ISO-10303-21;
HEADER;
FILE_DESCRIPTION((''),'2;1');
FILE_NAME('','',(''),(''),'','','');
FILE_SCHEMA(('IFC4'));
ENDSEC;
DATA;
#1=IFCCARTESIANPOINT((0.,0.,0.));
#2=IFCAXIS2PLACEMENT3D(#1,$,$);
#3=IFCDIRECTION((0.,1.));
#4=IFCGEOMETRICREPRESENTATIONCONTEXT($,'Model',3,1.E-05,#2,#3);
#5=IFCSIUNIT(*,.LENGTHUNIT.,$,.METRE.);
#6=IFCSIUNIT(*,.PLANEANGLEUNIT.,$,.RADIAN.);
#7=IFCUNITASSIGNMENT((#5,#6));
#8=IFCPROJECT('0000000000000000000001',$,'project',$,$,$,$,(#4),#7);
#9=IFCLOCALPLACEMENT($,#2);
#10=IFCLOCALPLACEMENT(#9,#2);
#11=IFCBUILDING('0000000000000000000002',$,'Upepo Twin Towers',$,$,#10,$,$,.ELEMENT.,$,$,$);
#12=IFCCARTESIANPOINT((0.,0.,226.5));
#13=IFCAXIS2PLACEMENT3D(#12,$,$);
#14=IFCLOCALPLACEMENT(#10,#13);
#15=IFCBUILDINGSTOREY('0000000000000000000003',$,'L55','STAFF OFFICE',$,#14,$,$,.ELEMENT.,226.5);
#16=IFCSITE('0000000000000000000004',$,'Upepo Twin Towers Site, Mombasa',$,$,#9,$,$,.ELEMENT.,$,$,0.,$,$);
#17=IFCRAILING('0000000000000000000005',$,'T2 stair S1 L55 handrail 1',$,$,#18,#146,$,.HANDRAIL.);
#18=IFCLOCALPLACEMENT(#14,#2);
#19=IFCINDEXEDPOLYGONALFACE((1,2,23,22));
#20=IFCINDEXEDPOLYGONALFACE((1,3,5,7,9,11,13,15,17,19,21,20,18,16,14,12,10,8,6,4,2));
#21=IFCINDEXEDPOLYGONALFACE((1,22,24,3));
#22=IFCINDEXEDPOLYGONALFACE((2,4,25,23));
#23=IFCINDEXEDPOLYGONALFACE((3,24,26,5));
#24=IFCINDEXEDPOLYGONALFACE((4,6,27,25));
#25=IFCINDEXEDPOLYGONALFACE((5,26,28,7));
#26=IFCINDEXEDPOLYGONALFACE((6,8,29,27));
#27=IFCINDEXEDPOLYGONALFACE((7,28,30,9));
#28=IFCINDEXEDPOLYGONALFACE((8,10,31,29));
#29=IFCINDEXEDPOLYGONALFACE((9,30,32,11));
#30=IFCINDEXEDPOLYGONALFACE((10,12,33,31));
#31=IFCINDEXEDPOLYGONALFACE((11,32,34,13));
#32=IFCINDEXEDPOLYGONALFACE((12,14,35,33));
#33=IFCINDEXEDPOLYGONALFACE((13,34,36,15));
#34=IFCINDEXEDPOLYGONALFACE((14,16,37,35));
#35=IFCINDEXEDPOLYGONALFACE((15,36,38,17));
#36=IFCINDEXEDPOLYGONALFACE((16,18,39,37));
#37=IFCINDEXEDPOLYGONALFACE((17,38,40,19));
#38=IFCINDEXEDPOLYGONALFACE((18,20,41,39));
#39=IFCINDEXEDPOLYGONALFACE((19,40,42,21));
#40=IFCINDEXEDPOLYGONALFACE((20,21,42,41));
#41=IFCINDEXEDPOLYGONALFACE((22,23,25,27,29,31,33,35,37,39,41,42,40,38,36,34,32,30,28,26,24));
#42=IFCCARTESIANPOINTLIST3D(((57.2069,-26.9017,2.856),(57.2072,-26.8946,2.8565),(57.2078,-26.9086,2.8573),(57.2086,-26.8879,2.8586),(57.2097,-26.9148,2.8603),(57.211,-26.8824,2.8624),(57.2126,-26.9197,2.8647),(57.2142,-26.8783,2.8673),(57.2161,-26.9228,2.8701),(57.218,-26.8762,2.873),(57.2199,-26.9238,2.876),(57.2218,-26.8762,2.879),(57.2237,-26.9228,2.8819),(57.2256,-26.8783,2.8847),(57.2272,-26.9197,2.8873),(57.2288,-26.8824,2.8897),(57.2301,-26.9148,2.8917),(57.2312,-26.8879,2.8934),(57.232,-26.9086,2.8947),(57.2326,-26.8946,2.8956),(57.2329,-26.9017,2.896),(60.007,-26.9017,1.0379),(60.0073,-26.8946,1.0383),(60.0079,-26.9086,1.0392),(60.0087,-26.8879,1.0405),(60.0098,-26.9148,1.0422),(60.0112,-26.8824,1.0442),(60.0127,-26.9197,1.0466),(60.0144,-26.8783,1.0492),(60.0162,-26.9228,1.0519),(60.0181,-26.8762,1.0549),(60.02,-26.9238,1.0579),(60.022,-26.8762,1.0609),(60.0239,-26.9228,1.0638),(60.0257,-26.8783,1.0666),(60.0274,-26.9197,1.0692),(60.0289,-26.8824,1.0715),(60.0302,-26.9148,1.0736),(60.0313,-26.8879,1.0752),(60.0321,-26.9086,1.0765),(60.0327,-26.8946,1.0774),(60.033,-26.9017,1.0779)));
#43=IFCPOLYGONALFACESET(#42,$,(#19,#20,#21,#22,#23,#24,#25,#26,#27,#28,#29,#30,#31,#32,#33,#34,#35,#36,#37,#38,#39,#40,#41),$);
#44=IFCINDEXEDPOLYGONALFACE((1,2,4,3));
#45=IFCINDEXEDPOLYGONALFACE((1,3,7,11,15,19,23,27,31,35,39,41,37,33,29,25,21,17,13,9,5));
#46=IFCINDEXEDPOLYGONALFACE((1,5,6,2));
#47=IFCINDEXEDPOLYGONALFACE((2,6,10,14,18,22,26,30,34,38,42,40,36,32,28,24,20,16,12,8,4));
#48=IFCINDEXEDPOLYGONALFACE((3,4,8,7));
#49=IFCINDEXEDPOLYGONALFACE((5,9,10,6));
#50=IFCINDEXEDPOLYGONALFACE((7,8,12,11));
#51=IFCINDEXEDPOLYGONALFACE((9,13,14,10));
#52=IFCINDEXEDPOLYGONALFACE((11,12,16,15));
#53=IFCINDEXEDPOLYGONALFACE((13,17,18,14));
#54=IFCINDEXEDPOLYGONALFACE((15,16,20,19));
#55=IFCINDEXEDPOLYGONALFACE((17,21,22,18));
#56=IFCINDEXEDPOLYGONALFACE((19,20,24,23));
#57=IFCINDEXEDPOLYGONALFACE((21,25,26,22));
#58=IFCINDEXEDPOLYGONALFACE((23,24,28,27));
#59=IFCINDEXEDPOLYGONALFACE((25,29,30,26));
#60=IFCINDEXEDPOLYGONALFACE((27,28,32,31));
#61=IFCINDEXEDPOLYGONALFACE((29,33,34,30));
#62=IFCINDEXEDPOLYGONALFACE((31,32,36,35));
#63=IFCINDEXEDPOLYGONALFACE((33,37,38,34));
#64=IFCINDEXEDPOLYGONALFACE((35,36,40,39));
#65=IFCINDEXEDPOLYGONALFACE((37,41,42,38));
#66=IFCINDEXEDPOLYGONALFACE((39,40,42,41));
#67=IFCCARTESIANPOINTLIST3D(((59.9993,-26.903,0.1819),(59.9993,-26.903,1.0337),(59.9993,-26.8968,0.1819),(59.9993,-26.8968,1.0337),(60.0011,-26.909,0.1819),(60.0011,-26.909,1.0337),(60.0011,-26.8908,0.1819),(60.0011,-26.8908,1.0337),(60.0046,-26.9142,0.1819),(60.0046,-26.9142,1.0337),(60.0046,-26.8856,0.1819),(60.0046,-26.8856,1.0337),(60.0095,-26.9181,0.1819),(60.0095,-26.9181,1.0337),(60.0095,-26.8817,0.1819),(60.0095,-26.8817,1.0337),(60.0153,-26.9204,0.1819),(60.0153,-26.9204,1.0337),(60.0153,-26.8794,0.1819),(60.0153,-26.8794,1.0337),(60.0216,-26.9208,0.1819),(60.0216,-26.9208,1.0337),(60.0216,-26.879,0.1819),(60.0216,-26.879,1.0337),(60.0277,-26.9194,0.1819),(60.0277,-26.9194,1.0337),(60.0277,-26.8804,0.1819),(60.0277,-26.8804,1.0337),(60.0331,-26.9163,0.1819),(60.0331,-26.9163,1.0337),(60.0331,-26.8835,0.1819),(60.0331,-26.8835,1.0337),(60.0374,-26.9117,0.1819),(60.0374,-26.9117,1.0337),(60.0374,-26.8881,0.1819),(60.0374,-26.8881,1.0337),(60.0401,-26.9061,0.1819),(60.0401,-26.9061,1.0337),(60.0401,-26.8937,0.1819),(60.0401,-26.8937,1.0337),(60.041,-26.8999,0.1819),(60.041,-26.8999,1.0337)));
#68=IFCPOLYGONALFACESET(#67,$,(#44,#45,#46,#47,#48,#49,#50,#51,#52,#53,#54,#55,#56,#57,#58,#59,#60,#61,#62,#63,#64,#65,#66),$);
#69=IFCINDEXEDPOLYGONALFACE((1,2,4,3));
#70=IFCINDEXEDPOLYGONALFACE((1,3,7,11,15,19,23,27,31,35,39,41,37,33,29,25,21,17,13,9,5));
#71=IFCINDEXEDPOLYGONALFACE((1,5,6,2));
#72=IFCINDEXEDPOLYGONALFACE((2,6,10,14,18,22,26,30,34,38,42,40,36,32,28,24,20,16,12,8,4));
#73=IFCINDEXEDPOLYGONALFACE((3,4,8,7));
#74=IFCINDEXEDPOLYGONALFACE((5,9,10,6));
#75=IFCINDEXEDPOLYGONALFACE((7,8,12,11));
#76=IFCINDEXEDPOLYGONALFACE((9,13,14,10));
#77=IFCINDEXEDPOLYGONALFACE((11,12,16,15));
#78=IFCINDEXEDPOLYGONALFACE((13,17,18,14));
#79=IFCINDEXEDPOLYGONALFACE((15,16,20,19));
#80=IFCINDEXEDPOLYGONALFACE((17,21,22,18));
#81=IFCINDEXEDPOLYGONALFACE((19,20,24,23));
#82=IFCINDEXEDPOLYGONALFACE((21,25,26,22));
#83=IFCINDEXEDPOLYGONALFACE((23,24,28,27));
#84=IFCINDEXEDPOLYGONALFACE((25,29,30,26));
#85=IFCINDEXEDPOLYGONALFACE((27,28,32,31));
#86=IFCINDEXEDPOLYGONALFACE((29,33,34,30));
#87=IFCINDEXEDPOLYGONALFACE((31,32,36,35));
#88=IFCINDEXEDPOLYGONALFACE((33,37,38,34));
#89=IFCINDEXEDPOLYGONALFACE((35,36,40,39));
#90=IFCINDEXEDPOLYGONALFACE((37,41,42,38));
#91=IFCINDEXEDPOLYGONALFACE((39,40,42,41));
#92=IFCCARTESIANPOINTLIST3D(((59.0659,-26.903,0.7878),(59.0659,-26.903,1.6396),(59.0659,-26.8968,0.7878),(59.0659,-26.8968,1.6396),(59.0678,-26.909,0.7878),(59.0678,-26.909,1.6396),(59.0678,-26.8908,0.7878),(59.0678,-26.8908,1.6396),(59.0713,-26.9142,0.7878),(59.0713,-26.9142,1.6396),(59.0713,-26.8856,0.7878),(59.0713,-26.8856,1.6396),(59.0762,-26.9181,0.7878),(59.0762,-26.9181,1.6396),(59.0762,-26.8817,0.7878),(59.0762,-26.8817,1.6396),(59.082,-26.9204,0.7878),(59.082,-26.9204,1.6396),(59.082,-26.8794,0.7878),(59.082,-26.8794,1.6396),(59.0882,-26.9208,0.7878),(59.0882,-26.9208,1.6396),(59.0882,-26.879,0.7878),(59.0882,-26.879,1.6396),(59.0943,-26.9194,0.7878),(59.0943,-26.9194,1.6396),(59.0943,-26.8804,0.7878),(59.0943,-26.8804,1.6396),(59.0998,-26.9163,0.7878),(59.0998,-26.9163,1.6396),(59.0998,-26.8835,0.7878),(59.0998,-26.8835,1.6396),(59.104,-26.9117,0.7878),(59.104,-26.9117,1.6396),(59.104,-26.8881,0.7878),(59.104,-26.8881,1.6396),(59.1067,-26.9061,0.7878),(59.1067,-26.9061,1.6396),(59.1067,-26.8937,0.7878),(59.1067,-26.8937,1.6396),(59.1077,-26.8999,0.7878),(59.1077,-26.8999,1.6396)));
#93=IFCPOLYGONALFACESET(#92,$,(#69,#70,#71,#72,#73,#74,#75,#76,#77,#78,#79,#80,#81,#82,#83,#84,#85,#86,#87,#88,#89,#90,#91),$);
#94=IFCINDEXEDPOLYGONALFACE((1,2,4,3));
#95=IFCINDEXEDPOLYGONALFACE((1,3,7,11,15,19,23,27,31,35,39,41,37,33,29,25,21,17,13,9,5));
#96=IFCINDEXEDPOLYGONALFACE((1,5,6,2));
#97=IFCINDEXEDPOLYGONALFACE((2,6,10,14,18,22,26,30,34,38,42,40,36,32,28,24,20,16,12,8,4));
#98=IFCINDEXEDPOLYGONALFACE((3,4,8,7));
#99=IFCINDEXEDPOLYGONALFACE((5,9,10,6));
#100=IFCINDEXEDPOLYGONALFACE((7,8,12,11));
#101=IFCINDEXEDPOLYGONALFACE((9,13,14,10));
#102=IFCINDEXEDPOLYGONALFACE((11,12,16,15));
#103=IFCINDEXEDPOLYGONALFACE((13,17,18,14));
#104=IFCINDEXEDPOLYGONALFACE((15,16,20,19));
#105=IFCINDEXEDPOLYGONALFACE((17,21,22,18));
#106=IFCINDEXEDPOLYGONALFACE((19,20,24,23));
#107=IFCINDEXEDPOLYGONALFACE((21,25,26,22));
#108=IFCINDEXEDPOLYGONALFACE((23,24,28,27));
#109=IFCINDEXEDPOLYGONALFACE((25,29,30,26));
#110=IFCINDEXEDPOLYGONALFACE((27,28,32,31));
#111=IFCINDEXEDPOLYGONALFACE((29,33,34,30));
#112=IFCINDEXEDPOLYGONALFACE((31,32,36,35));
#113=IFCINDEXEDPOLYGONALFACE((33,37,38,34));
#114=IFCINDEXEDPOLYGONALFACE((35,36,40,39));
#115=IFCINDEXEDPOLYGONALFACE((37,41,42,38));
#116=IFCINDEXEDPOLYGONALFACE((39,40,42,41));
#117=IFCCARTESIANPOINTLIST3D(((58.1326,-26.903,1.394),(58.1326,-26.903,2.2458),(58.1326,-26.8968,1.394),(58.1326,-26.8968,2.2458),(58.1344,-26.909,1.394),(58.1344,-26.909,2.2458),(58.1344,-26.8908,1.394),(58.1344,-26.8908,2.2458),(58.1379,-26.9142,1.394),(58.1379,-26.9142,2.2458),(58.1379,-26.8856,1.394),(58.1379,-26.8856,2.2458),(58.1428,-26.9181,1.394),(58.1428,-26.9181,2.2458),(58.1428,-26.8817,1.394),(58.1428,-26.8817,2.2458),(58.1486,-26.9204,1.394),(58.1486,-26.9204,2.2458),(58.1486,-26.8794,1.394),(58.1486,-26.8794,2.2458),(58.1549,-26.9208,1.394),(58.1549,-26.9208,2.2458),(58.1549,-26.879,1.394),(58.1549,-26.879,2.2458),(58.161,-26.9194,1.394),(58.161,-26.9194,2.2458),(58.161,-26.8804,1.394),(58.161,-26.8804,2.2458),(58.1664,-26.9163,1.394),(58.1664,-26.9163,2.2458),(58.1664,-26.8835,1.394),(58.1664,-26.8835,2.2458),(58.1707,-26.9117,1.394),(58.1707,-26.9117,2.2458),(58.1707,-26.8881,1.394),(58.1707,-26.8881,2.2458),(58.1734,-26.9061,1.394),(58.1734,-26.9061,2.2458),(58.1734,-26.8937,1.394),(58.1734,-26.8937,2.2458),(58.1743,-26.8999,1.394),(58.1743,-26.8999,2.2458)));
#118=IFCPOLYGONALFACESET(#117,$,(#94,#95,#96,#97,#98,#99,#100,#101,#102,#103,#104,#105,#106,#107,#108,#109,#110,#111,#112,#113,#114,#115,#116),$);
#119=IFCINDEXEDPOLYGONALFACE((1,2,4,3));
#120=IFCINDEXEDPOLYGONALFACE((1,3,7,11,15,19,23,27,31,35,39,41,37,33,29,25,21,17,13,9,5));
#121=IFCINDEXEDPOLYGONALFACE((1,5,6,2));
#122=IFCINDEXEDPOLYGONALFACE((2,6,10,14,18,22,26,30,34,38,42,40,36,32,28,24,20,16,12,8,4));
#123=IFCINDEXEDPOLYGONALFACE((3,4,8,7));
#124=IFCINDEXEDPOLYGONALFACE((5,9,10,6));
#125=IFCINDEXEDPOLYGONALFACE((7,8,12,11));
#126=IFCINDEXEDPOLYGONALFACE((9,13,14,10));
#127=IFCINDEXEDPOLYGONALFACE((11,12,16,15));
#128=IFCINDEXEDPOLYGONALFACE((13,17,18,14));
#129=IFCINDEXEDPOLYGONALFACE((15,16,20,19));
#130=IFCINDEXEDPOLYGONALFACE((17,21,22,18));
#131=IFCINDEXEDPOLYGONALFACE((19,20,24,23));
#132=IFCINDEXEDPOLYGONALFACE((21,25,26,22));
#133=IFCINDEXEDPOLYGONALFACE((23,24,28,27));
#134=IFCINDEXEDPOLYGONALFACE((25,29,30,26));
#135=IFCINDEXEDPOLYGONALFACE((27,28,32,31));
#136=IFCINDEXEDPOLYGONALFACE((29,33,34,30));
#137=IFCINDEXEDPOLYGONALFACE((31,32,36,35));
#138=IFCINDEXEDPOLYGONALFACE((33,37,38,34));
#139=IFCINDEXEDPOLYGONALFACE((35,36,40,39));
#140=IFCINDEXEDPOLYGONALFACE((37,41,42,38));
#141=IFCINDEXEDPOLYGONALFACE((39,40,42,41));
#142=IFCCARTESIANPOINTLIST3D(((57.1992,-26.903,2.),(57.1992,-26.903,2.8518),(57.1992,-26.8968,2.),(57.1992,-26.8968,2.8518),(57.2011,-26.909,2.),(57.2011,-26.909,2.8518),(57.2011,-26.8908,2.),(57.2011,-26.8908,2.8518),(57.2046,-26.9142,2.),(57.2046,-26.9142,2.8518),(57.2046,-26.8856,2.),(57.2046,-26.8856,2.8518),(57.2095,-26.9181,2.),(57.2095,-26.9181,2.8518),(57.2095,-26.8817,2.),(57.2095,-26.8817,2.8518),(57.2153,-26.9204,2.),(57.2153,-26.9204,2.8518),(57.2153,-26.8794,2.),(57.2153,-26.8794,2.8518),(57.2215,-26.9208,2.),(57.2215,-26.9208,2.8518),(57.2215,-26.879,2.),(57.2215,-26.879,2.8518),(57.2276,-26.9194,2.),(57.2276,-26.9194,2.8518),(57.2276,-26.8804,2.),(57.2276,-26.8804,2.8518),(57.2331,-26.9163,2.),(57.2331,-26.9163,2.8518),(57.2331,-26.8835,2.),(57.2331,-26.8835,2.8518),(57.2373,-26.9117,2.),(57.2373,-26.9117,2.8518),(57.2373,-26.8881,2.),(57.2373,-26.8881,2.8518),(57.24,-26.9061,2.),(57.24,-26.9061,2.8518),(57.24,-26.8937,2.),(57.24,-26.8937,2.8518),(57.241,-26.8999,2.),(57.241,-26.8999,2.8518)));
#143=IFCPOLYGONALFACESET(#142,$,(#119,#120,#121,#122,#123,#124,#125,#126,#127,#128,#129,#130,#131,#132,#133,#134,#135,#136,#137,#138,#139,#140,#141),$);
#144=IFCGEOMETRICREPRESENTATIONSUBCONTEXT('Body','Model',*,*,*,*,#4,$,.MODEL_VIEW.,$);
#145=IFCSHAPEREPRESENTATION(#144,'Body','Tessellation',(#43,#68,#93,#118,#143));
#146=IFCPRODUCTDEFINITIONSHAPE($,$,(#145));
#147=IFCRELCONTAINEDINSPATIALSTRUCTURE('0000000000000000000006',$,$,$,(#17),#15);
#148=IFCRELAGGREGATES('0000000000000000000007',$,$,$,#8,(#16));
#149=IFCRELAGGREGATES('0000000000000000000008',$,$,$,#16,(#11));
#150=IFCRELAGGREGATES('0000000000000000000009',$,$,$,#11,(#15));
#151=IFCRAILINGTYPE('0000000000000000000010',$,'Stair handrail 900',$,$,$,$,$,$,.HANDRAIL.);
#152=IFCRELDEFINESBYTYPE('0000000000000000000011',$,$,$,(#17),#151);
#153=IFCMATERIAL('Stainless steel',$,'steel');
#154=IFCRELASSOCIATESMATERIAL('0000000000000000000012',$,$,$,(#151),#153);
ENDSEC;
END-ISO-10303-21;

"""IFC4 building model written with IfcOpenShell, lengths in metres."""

from ifc_helpers import new_model, si_unit, direction, frame, origin, origin_2d, place, context, subcontext, project, spatial, circle, extrude, material, type_object, element, save


model = new_model("IFC4")

# Units and contexts
model_context = context("Model", 3, precision=1e-05, world=origin(), true_north=direction((0.0, 1.0)))
body_context = subcontext(model_context, "Body", "Model", "MODEL_VIEW")
ifc_project = project(units=[si_unit("LENGTHUNIT", "METRE"), si_unit("PLANEANGLEUNIT", "RADIAN")], contexts=[model_context])

# Site, building, storey
site_placement = place(None, origin())
site = spatial("IfcSite", under=ifc_project, at=site_placement, Name="Upepo Twin Towers Site, Mombasa", CompositionType="ELEMENT", RefElevation=0.0)
building_placement = place(site_placement, origin())
building = spatial("IfcBuilding", under=site, at=building_placement, Name="Upepo Twin Towers", CompositionType="ELEMENT")
storey_placement = place(building_placement, frame((0.0, 0.0, 226.5)))
storey = spatial("IfcBuildingStorey", under=building, at=storey_placement, Name="L55", Description="STAFF OFFICE", CompositionType="ELEMENT", Elevation=226.5)

# Railing
ifc_material_1 = material(Name="Stainless steel", Category="steel")
railing_type = type_object("IfcRailingType", Name="Stair handrail 900", PredefinedType="HANDRAIL", material=ifc_material_1)
railing_1_placement = place(storey_placement, frame((60.02, -26.8999, 0.1819)))
element("IfcRailing", 1, at=railing_1_placement, inside=storey, type_object=railing_type, Name="T2 stair S1 L55 handrail 1", PredefinedType="HANDRAIL", context=body_context, shape_type="SweptSolid", body=[
    extrude(circle(Radius=0.0239, at=origin_2d()), frame((0.0, 0.0, 0.876), z_axis=(-0.838706, 0.0, 0.544585), x_axis=(0.0, -1.0, 0.0)), (0.0, 0.0, 1.0), 3.3386),
    extrude(circle(Radius=0.021, at=origin_2d()), origin(), (0.0, 0.0, 1.0), 0.8518),
    extrude(circle(Radius=0.021, at=origin_2d()), frame((-0.9333, 0.0, 0.606)), (0.0, 0.0, 1.0), 0.8518),
    extrude(circle(Radius=0.021, at=origin_2d()), frame((-1.8667, 0.0, 1.2122)), (0.0, 0.0, 1.0), 0.8518),
    extrude(circle(Radius=0.021, at=origin_2d()), frame((-2.8, 0.0, 1.8181)), (0.0, 0.0, 1.0), 0.8518),
])

save(model, "model.ifc")
